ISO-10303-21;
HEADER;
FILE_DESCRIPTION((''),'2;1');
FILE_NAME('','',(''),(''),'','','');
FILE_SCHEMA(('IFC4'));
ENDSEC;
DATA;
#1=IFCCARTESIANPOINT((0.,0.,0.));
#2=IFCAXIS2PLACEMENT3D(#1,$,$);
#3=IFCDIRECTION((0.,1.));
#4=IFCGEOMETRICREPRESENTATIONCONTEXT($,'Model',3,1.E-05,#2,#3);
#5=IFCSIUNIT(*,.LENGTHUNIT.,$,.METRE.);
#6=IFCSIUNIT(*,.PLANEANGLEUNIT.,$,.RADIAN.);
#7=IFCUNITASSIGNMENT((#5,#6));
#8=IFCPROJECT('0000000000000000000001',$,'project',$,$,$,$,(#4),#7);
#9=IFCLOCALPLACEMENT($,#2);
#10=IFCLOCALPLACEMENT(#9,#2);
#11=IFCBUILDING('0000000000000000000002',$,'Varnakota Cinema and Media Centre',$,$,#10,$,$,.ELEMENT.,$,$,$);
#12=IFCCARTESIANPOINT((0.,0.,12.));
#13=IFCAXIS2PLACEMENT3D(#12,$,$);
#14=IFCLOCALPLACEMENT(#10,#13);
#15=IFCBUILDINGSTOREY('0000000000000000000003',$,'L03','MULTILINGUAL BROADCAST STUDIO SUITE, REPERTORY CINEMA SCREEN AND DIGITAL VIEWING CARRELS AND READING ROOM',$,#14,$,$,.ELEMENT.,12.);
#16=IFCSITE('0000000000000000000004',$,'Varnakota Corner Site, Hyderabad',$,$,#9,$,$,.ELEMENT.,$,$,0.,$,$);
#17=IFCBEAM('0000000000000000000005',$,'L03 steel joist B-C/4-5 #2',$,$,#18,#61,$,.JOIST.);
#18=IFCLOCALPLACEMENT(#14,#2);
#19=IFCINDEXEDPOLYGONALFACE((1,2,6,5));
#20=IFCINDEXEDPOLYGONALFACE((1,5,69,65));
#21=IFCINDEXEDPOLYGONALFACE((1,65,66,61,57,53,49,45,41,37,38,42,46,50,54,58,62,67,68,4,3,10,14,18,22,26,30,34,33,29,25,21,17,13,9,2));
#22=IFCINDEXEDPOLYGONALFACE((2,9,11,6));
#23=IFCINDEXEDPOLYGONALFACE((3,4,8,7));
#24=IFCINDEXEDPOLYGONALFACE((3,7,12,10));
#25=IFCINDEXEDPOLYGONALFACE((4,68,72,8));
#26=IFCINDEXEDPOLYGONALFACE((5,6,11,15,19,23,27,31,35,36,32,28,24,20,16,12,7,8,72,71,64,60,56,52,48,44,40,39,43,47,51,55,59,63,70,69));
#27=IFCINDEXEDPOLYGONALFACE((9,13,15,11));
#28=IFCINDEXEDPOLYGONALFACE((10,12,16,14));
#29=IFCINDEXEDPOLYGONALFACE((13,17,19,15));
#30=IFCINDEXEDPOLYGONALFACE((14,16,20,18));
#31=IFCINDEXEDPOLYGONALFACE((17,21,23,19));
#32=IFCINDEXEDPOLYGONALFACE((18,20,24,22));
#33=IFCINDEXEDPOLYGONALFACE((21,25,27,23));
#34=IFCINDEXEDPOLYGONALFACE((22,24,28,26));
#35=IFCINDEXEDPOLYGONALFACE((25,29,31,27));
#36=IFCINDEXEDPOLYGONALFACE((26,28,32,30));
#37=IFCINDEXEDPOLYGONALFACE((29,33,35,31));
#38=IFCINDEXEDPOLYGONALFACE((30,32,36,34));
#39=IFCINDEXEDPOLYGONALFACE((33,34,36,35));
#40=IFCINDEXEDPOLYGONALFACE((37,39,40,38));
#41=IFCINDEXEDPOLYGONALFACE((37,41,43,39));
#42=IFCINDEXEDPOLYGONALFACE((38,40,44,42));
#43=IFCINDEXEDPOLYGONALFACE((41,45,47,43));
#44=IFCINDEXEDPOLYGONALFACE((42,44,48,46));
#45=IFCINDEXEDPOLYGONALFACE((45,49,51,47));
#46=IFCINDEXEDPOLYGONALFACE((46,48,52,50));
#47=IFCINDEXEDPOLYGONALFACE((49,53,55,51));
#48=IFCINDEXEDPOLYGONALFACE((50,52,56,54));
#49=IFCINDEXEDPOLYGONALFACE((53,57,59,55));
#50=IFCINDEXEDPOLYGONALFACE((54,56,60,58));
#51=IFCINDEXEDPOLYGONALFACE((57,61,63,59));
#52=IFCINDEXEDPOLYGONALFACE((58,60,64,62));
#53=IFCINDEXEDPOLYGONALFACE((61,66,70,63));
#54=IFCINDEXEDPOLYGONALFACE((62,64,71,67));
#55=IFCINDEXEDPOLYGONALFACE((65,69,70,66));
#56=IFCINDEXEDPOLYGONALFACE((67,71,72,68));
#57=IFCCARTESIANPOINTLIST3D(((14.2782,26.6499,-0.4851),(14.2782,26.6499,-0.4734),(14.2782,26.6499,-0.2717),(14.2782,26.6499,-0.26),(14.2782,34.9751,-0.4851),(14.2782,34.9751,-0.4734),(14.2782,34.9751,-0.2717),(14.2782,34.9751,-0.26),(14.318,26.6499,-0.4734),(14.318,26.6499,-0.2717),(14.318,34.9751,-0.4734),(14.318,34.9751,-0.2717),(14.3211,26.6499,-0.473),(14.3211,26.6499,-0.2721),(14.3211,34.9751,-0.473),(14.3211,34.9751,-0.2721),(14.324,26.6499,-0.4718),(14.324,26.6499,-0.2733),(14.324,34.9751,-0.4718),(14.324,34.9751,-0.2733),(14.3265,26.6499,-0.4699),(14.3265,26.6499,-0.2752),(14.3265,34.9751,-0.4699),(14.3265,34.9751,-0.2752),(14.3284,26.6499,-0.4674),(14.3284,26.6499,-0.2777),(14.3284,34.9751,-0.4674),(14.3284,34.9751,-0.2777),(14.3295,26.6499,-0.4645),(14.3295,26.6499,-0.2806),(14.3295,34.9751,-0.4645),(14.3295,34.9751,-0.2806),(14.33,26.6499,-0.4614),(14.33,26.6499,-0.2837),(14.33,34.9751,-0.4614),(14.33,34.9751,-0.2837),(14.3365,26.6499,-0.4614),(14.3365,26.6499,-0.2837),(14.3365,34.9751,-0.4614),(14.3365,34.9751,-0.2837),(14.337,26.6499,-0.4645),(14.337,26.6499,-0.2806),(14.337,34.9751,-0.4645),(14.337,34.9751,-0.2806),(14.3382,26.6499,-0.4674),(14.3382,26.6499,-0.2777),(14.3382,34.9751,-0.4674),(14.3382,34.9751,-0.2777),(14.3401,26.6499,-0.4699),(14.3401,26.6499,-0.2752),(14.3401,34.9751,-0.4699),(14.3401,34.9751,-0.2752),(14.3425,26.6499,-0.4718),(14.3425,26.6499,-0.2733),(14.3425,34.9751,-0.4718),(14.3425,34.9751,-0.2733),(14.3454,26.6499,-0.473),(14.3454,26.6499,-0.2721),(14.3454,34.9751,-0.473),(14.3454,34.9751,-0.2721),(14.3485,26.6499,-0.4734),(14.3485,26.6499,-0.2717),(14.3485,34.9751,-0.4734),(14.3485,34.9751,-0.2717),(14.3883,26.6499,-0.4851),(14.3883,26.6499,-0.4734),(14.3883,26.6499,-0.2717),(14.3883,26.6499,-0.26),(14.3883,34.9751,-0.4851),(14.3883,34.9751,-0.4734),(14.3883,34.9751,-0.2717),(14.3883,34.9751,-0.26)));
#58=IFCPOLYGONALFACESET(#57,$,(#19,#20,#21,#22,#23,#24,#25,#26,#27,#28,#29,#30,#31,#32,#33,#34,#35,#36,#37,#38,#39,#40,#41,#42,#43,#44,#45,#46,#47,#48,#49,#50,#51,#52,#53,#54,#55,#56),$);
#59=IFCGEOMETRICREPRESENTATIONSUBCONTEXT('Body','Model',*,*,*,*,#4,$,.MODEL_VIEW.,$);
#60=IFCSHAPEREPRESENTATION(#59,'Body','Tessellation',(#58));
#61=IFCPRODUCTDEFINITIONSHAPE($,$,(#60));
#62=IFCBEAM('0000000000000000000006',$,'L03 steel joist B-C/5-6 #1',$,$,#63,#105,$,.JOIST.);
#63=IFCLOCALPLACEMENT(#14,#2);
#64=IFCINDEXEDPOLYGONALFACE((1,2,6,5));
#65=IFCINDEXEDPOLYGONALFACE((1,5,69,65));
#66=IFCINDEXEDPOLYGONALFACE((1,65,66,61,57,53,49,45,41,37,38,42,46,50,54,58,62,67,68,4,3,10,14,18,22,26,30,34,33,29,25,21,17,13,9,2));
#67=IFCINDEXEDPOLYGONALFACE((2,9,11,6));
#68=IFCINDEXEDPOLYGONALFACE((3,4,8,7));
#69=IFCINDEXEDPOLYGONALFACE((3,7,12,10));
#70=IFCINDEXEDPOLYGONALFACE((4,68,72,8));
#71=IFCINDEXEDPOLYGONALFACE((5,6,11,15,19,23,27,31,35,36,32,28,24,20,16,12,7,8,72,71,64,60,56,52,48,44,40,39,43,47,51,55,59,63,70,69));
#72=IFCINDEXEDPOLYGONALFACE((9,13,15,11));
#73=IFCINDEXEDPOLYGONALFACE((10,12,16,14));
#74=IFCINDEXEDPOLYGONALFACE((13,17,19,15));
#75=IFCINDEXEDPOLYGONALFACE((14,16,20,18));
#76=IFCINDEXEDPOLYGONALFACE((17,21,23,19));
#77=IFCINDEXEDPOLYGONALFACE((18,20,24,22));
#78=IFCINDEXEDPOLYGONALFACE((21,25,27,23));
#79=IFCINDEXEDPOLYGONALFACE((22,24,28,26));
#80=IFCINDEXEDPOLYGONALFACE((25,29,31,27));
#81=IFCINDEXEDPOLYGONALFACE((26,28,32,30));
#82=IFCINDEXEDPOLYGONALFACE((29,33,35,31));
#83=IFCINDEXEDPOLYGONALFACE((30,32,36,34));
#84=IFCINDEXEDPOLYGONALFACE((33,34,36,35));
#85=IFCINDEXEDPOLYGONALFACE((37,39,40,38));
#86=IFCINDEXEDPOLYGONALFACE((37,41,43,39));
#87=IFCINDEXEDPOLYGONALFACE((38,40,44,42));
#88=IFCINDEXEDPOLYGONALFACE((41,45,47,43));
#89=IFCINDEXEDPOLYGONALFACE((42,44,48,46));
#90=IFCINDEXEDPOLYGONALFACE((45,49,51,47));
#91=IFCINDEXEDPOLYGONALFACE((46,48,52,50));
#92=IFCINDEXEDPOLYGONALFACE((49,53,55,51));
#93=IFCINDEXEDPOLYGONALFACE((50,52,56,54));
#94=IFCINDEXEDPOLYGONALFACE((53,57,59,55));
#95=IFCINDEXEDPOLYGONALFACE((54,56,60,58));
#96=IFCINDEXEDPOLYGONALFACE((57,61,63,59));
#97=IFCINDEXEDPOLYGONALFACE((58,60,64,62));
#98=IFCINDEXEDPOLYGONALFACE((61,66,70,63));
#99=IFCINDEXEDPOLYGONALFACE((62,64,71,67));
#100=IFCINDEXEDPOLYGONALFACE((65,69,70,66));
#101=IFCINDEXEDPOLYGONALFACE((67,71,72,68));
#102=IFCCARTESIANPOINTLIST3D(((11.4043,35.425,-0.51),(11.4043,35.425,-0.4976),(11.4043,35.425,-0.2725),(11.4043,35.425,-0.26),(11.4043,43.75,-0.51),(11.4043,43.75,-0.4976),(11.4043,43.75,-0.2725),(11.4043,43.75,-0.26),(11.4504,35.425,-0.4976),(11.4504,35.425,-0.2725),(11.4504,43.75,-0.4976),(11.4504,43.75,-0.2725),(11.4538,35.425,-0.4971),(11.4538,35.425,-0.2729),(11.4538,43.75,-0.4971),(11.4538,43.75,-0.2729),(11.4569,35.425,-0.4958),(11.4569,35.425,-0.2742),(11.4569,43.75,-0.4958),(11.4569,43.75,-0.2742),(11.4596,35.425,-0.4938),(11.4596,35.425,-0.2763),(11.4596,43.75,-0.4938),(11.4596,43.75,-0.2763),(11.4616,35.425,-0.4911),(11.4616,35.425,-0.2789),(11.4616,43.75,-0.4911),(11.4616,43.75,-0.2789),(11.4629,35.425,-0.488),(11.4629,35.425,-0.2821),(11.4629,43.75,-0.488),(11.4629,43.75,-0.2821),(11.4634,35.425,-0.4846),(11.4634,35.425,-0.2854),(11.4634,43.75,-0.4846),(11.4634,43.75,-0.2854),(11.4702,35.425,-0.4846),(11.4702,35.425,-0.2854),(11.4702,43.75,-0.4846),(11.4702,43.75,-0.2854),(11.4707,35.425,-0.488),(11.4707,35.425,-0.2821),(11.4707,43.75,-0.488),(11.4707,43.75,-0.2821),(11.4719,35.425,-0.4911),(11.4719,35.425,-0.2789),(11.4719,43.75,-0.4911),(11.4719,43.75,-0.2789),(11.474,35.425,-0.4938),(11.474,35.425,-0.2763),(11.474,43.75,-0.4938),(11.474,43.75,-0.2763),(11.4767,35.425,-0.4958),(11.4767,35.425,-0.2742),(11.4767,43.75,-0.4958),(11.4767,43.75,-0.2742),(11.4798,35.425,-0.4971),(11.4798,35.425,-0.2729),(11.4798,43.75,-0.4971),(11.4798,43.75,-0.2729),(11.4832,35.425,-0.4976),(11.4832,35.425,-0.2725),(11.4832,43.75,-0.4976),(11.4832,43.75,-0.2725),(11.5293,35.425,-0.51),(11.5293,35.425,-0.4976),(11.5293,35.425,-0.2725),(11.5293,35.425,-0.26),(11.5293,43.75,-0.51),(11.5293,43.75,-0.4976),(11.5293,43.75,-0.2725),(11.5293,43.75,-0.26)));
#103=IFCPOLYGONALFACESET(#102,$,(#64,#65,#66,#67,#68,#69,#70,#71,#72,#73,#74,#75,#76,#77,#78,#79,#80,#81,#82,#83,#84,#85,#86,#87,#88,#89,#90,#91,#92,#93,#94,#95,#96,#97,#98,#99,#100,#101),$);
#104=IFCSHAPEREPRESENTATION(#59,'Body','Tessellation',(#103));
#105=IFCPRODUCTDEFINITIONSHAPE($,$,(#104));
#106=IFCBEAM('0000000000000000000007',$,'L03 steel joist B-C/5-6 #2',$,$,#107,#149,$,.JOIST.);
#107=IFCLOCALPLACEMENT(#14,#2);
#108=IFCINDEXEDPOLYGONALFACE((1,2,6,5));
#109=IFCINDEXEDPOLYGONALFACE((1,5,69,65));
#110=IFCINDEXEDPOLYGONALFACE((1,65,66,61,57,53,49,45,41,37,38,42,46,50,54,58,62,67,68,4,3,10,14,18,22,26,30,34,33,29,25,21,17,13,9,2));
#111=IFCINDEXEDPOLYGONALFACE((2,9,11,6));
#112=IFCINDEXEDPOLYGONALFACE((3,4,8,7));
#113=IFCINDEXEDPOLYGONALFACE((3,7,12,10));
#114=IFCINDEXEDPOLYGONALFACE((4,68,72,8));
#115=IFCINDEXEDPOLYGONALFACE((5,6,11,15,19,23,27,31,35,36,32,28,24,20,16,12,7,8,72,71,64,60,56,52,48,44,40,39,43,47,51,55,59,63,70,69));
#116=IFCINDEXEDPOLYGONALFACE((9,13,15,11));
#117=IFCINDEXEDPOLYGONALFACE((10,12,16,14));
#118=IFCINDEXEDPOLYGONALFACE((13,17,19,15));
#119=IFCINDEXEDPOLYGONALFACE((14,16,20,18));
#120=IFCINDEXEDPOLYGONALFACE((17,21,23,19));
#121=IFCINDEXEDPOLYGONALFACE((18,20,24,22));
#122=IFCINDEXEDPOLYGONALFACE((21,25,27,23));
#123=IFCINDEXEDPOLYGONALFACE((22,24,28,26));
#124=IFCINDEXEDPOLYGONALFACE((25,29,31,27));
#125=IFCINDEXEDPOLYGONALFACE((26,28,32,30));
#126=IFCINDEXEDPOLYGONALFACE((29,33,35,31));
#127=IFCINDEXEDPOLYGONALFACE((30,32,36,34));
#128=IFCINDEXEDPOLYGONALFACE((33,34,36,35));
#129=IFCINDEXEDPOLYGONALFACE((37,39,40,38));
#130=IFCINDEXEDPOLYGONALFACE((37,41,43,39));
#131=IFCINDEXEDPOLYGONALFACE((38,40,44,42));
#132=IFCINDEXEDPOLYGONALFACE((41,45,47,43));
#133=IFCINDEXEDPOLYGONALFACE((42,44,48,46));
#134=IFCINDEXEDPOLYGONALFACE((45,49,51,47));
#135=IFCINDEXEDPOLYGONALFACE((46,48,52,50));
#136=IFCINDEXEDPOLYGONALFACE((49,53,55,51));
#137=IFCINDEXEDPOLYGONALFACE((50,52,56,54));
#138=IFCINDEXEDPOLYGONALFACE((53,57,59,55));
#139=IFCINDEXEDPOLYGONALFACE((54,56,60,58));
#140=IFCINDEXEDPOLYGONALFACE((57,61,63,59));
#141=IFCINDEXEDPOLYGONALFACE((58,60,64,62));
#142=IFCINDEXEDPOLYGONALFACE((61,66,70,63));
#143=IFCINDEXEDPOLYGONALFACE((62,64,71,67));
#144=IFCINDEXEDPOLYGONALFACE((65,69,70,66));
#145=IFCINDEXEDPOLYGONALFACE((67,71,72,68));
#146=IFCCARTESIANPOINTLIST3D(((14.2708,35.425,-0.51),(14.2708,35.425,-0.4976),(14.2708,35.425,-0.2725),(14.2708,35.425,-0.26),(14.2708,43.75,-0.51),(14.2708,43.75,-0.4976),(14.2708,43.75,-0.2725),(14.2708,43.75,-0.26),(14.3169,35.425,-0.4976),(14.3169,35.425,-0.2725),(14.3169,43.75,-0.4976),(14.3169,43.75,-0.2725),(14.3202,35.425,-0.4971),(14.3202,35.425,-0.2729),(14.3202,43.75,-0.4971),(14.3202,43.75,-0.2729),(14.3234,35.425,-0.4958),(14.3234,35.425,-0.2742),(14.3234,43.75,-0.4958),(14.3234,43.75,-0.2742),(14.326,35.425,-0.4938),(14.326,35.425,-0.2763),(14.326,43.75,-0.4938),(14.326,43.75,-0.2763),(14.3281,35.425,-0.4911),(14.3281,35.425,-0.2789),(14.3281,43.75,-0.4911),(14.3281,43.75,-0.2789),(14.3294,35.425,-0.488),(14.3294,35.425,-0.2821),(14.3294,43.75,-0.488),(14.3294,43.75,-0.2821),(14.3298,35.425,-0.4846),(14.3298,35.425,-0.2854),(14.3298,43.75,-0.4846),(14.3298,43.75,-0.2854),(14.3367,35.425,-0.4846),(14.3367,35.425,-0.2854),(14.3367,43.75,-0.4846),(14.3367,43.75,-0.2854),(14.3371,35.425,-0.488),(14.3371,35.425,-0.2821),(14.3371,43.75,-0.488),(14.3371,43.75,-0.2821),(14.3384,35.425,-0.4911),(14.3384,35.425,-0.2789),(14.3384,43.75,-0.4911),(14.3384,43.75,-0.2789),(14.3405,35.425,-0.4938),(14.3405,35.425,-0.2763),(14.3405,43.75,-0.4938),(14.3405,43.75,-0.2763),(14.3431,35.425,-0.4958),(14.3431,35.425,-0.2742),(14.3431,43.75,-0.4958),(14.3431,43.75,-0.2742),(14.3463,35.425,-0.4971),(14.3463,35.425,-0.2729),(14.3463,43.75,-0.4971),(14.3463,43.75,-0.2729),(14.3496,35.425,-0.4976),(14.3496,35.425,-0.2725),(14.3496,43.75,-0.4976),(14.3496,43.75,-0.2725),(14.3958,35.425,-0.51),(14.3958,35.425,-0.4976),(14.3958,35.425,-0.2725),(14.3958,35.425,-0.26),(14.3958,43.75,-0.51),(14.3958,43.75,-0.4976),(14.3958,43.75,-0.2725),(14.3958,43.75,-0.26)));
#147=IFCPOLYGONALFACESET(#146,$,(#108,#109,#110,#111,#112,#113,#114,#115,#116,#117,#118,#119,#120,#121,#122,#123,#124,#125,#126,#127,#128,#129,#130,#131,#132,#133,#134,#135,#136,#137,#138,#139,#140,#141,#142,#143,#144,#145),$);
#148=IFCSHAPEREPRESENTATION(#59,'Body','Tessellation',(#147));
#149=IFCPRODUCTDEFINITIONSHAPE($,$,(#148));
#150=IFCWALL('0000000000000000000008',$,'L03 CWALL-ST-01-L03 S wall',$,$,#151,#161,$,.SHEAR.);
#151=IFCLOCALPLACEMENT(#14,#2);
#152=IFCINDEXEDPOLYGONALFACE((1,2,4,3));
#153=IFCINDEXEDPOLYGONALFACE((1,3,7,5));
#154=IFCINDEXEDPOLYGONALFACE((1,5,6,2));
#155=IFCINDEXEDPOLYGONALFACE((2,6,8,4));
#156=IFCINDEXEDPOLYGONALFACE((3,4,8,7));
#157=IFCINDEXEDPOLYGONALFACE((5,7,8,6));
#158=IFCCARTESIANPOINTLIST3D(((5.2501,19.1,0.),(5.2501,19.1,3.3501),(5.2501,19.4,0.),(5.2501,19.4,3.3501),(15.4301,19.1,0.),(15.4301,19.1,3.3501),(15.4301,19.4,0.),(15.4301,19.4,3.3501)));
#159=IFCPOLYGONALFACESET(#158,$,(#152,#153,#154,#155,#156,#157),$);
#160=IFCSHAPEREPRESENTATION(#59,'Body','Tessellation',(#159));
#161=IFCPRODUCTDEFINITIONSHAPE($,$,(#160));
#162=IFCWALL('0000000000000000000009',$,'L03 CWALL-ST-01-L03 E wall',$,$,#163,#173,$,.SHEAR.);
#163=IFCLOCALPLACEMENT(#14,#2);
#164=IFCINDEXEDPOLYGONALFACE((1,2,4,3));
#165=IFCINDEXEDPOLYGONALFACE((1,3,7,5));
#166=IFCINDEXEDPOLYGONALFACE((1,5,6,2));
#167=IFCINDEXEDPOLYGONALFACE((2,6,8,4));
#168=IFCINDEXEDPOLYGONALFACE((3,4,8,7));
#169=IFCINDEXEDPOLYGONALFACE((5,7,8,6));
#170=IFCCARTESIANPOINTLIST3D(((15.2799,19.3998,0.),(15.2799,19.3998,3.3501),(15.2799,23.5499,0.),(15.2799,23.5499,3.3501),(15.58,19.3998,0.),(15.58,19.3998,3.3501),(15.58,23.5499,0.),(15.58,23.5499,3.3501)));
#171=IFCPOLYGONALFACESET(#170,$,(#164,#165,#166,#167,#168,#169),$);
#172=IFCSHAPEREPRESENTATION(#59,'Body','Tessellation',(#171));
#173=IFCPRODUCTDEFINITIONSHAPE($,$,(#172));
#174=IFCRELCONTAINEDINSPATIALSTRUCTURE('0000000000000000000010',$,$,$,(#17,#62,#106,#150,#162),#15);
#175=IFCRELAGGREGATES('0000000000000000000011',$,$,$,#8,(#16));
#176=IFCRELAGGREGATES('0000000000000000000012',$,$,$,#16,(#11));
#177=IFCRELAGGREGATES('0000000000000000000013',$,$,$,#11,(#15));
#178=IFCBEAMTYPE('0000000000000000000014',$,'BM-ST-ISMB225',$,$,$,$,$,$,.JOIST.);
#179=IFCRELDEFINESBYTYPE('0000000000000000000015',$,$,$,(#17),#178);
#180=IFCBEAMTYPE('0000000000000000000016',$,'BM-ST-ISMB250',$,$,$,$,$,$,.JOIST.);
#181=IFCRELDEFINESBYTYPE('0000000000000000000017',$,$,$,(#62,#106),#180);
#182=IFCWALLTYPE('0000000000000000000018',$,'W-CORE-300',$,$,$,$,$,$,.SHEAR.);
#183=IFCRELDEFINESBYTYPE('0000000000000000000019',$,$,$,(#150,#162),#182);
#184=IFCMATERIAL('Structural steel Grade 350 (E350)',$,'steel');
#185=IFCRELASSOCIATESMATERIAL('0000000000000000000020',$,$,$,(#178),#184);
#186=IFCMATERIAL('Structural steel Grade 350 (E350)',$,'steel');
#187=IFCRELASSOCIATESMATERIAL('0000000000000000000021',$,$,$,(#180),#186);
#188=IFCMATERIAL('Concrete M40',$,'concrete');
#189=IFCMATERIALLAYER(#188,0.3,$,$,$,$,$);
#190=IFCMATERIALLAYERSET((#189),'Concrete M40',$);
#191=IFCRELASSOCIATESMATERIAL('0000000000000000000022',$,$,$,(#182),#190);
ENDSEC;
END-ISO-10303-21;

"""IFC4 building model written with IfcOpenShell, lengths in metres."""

from ifc_helpers import new_model, si_unit, direction, frame, frame_2d, origin, origin_2d, place, context, subcontext, project, spatial, rectangle, i_section, extrude, material, layer, layer_set, material_profile, profile_set, type_object, element, save


model = new_model("IFC4")

# Units and contexts
model_context = context("Model", 3, precision=1e-05, world=origin(), true_north=direction((0.0, 1.0)))
body_context = subcontext(model_context, "Body", "Model", "MODEL_VIEW")
ifc_project = project(units=[si_unit("LENGTHUNIT", "METRE"), si_unit("PLANEANGLEUNIT", "RADIAN")], contexts=[model_context])

# Site, building, storey
site_placement = place(None, origin())
site = spatial("IfcSite", under=ifc_project, at=site_placement, Name="Varnakota Corner Site, Hyderabad", CompositionType="ELEMENT", RefElevation=0.0)
building_placement = place(site_placement, origin())
building = spatial("IfcBuilding", under=site, at=building_placement, Name="Varnakota Cinema and Media Centre", CompositionType="ELEMENT")
storey_placement = place(building_placement, frame((0.0, 0.0, 12.0)))
storey = spatial("IfcBuildingStorey", under=building, at=storey_placement, Name="L03", Description="MULTILINGUAL BROADCAST STUDIO SUITE, REPERTORY CINEMA SCREEN AND DIGITAL VIEWING CARRELS AND READING ROOM", CompositionType="ELEMENT", Elevation=12.0)

# Beams
ifc_material_1 = material(Name="Structural steel Grade 350 (E350)", Category="steel")
ifc_material_profile_1 = material_profile(ifc_material_1, i_section(OverallWidth=0.1101, OverallDepth=0.2251, WebThickness=0.0066, FlangeThickness=0.0117, FilletRadius=0.012, at=origin_2d()), Name="ISMB 225")
ifc_profile_set_1 = profile_set([ifc_material_profile_1], Name="Structural steel Grade 350 (E350)")
beam_type_1 = type_object("IfcBeamType", Name="BM-ST-ISMB225", PredefinedType="JOIST", material=ifc_profile_set_1)
for number, where, z_axis, x_axis, name in (
    (1, (14.3333, 26.6499, -0.3726), (0.0, 1.0, 0.0), (-1.0, 0.0, 0.0), "L03 steel joist B-C/4-5 #2"),
):
    element("IfcBeam", number, at=place(storey_placement, frame(where, z_axis=z_axis, x_axis=x_axis)), inside=storey, type_object=beam_type_1, Name=name, PredefinedType="JOIST", context=body_context, shape_type="SweptSolid", body=[
        extrude(i_section(OverallWidth=0.1101, OverallDepth=0.2251, WebThickness=0.0066, FlangeThickness=0.0117, FilletRadius=0.012, at=origin_2d()), origin(), (0.0, 0.0, 1.0), 8.3252),
    ])
ifc_material_2 = material(Name="Structural steel Grade 350 (E350)", Category="steel")
ifc_material_profile_2 = material_profile(ifc_material_2, i_section(OverallWidth=0.125, OverallDepth=0.25, WebThickness=0.0068, FlangeThickness=0.0125, FilletRadius=0.0129, at=origin_2d()), Name="ISMB 250")
ifc_profile_set_2 = profile_set([ifc_material_profile_2], Name="Structural steel Grade 350 (E350)")
beam_type_2 = type_object("IfcBeamType", Name="BM-ST-ISMB250", PredefinedType="JOIST", material=ifc_profile_set_2)
for number, where, z_axis, x_axis, name in (
    (2, (11.4668, 35.425, -0.385), (0.0, 1.0, 0.0), (-1.0, 0.0, 0.0), "L03 steel joist B-C/5-6 #1"),
    (3, (14.3333, 35.425, -0.385), (0.0, 1.0, 0.0), (-1.0, 0.0, 0.0), "L03 steel joist B-C/5-6 #2"),
):
    element("IfcBeam", number, at=place(storey_placement, frame(where, z_axis=z_axis, x_axis=x_axis)), inside=storey, type_object=beam_type_2, Name=name, PredefinedType="JOIST", context=body_context, shape_type="SweptSolid", body=[
        extrude(i_section(OverallWidth=0.125, OverallDepth=0.25, WebThickness=0.0068, FlangeThickness=0.0125, FilletRadius=0.0129, at=origin_2d()), origin(), (0.0, 0.0, 1.0), 8.325),
    ])

# Walls
ifc_material_3 = material(Name="Concrete M40", Category="concrete")
ifc_layer_1 = layer(ifc_material_3, 0.3)
ifc_layer_set_1 = layer_set([ifc_layer_1], Name="Concrete M40")
wall_type_1 = type_object("IfcWallType", Name="W-CORE-300", PredefinedType="SHEAR", material=ifc_layer_set_1)
wall_1_placement = place(storey_placement, frame((15.4299, 19.25, 0.0), z_axis=(0.0, 0.0, 1.0), x_axis=(-1.0, 0.0, 0.0)))
element("IfcWall", 4, at=wall_1_placement, inside=storey, type_object=wall_type_1, Name="L03 CWALL-ST-01-L03 S wall", PredefinedType="SHEAR", context=body_context, shape_type="SweptSolid", body=[
    extrude(rectangle(XDim=10.1799, YDim=0.3, at=frame_2d((5.0898, 0.0))), origin(), (0.0, 0.0, 1.0), 3.3501),
])
wall_2_placement = place(storey_placement, frame((15.4299, 23.55, 0.0), z_axis=(0.0, 0.0, 1.0), x_axis=(0.0, -1.0, 0.0)))
element("IfcWall", 5, at=wall_2_placement, inside=storey, type_object=wall_type_1, Name="L03 CWALL-ST-01-L03 E wall", PredefinedType="SHEAR", context=body_context, shape_type="SweptSolid", body=[
    extrude(rectangle(XDim=4.1501, YDim=0.3, at=frame_2d((2.0752, 0.0))), origin(), (0.0, 0.0, 1.0), 3.3501),
])

save(model, "model.ifc")
